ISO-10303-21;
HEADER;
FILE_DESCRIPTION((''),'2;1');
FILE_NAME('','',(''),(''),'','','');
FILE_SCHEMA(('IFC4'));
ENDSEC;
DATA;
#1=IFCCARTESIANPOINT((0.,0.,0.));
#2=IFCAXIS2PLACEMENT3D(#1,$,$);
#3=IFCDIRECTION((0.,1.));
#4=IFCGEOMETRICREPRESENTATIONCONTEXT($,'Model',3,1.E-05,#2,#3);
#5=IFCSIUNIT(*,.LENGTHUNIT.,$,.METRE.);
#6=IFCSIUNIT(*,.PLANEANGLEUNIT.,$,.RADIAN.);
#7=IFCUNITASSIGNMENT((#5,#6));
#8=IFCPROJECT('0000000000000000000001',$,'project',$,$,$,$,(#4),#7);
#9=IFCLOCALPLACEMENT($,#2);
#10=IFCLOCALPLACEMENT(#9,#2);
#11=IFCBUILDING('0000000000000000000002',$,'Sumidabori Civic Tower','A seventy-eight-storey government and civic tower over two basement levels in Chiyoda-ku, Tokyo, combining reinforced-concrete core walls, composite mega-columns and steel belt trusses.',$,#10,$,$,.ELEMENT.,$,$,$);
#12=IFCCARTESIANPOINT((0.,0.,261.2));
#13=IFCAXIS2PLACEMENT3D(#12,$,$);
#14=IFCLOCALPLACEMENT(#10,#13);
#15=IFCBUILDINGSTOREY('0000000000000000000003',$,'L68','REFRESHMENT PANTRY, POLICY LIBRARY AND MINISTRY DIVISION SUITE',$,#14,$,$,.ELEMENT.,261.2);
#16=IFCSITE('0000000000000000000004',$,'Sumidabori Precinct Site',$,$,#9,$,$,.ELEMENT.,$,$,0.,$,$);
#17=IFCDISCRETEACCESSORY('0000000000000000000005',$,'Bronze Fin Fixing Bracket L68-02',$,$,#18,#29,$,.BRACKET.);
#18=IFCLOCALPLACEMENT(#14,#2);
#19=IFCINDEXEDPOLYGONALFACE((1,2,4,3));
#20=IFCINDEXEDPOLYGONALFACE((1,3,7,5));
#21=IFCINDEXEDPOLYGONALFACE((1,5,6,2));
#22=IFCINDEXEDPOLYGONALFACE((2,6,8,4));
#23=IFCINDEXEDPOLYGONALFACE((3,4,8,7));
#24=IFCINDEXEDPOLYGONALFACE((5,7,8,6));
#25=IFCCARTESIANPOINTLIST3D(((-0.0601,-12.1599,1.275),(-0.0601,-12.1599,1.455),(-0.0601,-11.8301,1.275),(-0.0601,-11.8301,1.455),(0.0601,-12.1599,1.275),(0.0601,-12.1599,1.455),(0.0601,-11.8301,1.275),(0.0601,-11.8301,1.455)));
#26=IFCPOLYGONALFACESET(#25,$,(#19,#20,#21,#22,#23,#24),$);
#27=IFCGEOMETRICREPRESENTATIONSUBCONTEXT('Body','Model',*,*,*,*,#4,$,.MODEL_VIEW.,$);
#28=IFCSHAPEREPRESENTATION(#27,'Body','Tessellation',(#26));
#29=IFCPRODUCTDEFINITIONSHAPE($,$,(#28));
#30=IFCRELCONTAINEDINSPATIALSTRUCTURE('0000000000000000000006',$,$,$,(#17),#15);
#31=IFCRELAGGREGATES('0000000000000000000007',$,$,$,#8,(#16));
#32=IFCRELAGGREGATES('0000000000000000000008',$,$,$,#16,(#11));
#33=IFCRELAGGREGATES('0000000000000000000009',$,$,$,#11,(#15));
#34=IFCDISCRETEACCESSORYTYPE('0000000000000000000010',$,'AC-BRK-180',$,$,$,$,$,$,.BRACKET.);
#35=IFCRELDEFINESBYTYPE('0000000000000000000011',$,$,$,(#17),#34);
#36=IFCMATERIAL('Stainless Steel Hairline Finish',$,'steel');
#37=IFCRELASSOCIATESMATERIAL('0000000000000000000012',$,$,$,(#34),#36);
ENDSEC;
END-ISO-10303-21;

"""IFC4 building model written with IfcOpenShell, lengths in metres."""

from ifc_helpers import new_model, si_unit, direction, frame, origin, origin_2d, place, context, subcontext, project, spatial, rectangle, extrude, source, transform, mapped, material, material_profile, profile_set, type_object, element, save


model = new_model("IFC4")

# Units and contexts
model_context = context("Model", 3, precision=1e-05, world=origin(), true_north=direction((0.0, 1.0)))
body_context = subcontext(model_context, "Body", "Model", "MODEL_VIEW")
ifc_project = project(units=[si_unit("LENGTHUNIT", "METRE"), si_unit("PLANEANGLEUNIT", "RADIAN")], contexts=[model_context])

# Site, building, storey
site_placement = place(None, origin())
site = spatial("IfcSite", under=ifc_project, at=site_placement, Name="Sumidabori Precinct Site", CompositionType="ELEMENT", RefElevation=0.0)
building_placement = place(site_placement, origin())
building = spatial("IfcBuilding", under=site, at=building_placement, Name="Sumidabori Civic Tower", Description="A seventy-eight-storey government and civic tower over two basement levels in Chiyoda-ku, Tokyo, combining reinforced-concrete core walls, composite mega-columns and steel belt trusses.", CompositionType="ELEMENT")
storey_placement = place(building_placement, frame((0.0, 0.0, 261.2)))
storey = spatial("IfcBuildingStorey", under=building, at=storey_placement, Name="L68", Description="REFRESHMENT PANTRY, POLICY LIBRARY AND MINISTRY DIVISION SUITE", CompositionType="ELEMENT", Elevation=261.2)

# Discrete accessory
ifc_material_1 = material(Name="Stainless Steel Hairline Finish", Category="steel")
ifc_material_profile_1 = material_profile(ifc_material_1, rectangle(XDim=0.1201, YDim=0.1799, at=origin_2d()), Name="STEEL BRACKET 180x120")
ifc_profile_set_1 = profile_set([ifc_material_profile_1], Name="Stainless Steel Hairline Finish")
discrete_accessory_type = type_object("IfcDiscreteAccessoryType", Name="AC-BRK-180", PredefinedType="BRACKET", material=ifc_profile_set_1)
shared_shape_1 = source(origin(), body_context, "Body", "SweptSolid", [
    extrude(rectangle(XDim=0.1201, YDim=0.1799, at=origin_2d()), origin(), (0.0, 0.0, 1.0), 0.3298),
])
discrete_accessory_placement = place(storey_placement, frame((0.0, -11.8301, 1.365), z_axis=(0.0, -1.0, 0.0), x_axis=(1.0, 0.0, 0.0)))
element("IfcDiscreteAccessory", 1, at=discrete_accessory_placement, inside=storey, type_object=discrete_accessory_type, Name="Bronze Fin Fixing Bracket L68-02", PredefinedType="BRACKET", context=body_context, shape_type="MappedRepresentation", body=[
    mapped(shared_shape_1, transform((0.0, 0.0, 0.0), x_axis=(1.0, 0.0, 0.0), y_axis=(0.0, 1.0, 0.0), z_axis=(0.0, 0.0, 1.0), scale=1.0)),
])

save(model, "model.ifc")
